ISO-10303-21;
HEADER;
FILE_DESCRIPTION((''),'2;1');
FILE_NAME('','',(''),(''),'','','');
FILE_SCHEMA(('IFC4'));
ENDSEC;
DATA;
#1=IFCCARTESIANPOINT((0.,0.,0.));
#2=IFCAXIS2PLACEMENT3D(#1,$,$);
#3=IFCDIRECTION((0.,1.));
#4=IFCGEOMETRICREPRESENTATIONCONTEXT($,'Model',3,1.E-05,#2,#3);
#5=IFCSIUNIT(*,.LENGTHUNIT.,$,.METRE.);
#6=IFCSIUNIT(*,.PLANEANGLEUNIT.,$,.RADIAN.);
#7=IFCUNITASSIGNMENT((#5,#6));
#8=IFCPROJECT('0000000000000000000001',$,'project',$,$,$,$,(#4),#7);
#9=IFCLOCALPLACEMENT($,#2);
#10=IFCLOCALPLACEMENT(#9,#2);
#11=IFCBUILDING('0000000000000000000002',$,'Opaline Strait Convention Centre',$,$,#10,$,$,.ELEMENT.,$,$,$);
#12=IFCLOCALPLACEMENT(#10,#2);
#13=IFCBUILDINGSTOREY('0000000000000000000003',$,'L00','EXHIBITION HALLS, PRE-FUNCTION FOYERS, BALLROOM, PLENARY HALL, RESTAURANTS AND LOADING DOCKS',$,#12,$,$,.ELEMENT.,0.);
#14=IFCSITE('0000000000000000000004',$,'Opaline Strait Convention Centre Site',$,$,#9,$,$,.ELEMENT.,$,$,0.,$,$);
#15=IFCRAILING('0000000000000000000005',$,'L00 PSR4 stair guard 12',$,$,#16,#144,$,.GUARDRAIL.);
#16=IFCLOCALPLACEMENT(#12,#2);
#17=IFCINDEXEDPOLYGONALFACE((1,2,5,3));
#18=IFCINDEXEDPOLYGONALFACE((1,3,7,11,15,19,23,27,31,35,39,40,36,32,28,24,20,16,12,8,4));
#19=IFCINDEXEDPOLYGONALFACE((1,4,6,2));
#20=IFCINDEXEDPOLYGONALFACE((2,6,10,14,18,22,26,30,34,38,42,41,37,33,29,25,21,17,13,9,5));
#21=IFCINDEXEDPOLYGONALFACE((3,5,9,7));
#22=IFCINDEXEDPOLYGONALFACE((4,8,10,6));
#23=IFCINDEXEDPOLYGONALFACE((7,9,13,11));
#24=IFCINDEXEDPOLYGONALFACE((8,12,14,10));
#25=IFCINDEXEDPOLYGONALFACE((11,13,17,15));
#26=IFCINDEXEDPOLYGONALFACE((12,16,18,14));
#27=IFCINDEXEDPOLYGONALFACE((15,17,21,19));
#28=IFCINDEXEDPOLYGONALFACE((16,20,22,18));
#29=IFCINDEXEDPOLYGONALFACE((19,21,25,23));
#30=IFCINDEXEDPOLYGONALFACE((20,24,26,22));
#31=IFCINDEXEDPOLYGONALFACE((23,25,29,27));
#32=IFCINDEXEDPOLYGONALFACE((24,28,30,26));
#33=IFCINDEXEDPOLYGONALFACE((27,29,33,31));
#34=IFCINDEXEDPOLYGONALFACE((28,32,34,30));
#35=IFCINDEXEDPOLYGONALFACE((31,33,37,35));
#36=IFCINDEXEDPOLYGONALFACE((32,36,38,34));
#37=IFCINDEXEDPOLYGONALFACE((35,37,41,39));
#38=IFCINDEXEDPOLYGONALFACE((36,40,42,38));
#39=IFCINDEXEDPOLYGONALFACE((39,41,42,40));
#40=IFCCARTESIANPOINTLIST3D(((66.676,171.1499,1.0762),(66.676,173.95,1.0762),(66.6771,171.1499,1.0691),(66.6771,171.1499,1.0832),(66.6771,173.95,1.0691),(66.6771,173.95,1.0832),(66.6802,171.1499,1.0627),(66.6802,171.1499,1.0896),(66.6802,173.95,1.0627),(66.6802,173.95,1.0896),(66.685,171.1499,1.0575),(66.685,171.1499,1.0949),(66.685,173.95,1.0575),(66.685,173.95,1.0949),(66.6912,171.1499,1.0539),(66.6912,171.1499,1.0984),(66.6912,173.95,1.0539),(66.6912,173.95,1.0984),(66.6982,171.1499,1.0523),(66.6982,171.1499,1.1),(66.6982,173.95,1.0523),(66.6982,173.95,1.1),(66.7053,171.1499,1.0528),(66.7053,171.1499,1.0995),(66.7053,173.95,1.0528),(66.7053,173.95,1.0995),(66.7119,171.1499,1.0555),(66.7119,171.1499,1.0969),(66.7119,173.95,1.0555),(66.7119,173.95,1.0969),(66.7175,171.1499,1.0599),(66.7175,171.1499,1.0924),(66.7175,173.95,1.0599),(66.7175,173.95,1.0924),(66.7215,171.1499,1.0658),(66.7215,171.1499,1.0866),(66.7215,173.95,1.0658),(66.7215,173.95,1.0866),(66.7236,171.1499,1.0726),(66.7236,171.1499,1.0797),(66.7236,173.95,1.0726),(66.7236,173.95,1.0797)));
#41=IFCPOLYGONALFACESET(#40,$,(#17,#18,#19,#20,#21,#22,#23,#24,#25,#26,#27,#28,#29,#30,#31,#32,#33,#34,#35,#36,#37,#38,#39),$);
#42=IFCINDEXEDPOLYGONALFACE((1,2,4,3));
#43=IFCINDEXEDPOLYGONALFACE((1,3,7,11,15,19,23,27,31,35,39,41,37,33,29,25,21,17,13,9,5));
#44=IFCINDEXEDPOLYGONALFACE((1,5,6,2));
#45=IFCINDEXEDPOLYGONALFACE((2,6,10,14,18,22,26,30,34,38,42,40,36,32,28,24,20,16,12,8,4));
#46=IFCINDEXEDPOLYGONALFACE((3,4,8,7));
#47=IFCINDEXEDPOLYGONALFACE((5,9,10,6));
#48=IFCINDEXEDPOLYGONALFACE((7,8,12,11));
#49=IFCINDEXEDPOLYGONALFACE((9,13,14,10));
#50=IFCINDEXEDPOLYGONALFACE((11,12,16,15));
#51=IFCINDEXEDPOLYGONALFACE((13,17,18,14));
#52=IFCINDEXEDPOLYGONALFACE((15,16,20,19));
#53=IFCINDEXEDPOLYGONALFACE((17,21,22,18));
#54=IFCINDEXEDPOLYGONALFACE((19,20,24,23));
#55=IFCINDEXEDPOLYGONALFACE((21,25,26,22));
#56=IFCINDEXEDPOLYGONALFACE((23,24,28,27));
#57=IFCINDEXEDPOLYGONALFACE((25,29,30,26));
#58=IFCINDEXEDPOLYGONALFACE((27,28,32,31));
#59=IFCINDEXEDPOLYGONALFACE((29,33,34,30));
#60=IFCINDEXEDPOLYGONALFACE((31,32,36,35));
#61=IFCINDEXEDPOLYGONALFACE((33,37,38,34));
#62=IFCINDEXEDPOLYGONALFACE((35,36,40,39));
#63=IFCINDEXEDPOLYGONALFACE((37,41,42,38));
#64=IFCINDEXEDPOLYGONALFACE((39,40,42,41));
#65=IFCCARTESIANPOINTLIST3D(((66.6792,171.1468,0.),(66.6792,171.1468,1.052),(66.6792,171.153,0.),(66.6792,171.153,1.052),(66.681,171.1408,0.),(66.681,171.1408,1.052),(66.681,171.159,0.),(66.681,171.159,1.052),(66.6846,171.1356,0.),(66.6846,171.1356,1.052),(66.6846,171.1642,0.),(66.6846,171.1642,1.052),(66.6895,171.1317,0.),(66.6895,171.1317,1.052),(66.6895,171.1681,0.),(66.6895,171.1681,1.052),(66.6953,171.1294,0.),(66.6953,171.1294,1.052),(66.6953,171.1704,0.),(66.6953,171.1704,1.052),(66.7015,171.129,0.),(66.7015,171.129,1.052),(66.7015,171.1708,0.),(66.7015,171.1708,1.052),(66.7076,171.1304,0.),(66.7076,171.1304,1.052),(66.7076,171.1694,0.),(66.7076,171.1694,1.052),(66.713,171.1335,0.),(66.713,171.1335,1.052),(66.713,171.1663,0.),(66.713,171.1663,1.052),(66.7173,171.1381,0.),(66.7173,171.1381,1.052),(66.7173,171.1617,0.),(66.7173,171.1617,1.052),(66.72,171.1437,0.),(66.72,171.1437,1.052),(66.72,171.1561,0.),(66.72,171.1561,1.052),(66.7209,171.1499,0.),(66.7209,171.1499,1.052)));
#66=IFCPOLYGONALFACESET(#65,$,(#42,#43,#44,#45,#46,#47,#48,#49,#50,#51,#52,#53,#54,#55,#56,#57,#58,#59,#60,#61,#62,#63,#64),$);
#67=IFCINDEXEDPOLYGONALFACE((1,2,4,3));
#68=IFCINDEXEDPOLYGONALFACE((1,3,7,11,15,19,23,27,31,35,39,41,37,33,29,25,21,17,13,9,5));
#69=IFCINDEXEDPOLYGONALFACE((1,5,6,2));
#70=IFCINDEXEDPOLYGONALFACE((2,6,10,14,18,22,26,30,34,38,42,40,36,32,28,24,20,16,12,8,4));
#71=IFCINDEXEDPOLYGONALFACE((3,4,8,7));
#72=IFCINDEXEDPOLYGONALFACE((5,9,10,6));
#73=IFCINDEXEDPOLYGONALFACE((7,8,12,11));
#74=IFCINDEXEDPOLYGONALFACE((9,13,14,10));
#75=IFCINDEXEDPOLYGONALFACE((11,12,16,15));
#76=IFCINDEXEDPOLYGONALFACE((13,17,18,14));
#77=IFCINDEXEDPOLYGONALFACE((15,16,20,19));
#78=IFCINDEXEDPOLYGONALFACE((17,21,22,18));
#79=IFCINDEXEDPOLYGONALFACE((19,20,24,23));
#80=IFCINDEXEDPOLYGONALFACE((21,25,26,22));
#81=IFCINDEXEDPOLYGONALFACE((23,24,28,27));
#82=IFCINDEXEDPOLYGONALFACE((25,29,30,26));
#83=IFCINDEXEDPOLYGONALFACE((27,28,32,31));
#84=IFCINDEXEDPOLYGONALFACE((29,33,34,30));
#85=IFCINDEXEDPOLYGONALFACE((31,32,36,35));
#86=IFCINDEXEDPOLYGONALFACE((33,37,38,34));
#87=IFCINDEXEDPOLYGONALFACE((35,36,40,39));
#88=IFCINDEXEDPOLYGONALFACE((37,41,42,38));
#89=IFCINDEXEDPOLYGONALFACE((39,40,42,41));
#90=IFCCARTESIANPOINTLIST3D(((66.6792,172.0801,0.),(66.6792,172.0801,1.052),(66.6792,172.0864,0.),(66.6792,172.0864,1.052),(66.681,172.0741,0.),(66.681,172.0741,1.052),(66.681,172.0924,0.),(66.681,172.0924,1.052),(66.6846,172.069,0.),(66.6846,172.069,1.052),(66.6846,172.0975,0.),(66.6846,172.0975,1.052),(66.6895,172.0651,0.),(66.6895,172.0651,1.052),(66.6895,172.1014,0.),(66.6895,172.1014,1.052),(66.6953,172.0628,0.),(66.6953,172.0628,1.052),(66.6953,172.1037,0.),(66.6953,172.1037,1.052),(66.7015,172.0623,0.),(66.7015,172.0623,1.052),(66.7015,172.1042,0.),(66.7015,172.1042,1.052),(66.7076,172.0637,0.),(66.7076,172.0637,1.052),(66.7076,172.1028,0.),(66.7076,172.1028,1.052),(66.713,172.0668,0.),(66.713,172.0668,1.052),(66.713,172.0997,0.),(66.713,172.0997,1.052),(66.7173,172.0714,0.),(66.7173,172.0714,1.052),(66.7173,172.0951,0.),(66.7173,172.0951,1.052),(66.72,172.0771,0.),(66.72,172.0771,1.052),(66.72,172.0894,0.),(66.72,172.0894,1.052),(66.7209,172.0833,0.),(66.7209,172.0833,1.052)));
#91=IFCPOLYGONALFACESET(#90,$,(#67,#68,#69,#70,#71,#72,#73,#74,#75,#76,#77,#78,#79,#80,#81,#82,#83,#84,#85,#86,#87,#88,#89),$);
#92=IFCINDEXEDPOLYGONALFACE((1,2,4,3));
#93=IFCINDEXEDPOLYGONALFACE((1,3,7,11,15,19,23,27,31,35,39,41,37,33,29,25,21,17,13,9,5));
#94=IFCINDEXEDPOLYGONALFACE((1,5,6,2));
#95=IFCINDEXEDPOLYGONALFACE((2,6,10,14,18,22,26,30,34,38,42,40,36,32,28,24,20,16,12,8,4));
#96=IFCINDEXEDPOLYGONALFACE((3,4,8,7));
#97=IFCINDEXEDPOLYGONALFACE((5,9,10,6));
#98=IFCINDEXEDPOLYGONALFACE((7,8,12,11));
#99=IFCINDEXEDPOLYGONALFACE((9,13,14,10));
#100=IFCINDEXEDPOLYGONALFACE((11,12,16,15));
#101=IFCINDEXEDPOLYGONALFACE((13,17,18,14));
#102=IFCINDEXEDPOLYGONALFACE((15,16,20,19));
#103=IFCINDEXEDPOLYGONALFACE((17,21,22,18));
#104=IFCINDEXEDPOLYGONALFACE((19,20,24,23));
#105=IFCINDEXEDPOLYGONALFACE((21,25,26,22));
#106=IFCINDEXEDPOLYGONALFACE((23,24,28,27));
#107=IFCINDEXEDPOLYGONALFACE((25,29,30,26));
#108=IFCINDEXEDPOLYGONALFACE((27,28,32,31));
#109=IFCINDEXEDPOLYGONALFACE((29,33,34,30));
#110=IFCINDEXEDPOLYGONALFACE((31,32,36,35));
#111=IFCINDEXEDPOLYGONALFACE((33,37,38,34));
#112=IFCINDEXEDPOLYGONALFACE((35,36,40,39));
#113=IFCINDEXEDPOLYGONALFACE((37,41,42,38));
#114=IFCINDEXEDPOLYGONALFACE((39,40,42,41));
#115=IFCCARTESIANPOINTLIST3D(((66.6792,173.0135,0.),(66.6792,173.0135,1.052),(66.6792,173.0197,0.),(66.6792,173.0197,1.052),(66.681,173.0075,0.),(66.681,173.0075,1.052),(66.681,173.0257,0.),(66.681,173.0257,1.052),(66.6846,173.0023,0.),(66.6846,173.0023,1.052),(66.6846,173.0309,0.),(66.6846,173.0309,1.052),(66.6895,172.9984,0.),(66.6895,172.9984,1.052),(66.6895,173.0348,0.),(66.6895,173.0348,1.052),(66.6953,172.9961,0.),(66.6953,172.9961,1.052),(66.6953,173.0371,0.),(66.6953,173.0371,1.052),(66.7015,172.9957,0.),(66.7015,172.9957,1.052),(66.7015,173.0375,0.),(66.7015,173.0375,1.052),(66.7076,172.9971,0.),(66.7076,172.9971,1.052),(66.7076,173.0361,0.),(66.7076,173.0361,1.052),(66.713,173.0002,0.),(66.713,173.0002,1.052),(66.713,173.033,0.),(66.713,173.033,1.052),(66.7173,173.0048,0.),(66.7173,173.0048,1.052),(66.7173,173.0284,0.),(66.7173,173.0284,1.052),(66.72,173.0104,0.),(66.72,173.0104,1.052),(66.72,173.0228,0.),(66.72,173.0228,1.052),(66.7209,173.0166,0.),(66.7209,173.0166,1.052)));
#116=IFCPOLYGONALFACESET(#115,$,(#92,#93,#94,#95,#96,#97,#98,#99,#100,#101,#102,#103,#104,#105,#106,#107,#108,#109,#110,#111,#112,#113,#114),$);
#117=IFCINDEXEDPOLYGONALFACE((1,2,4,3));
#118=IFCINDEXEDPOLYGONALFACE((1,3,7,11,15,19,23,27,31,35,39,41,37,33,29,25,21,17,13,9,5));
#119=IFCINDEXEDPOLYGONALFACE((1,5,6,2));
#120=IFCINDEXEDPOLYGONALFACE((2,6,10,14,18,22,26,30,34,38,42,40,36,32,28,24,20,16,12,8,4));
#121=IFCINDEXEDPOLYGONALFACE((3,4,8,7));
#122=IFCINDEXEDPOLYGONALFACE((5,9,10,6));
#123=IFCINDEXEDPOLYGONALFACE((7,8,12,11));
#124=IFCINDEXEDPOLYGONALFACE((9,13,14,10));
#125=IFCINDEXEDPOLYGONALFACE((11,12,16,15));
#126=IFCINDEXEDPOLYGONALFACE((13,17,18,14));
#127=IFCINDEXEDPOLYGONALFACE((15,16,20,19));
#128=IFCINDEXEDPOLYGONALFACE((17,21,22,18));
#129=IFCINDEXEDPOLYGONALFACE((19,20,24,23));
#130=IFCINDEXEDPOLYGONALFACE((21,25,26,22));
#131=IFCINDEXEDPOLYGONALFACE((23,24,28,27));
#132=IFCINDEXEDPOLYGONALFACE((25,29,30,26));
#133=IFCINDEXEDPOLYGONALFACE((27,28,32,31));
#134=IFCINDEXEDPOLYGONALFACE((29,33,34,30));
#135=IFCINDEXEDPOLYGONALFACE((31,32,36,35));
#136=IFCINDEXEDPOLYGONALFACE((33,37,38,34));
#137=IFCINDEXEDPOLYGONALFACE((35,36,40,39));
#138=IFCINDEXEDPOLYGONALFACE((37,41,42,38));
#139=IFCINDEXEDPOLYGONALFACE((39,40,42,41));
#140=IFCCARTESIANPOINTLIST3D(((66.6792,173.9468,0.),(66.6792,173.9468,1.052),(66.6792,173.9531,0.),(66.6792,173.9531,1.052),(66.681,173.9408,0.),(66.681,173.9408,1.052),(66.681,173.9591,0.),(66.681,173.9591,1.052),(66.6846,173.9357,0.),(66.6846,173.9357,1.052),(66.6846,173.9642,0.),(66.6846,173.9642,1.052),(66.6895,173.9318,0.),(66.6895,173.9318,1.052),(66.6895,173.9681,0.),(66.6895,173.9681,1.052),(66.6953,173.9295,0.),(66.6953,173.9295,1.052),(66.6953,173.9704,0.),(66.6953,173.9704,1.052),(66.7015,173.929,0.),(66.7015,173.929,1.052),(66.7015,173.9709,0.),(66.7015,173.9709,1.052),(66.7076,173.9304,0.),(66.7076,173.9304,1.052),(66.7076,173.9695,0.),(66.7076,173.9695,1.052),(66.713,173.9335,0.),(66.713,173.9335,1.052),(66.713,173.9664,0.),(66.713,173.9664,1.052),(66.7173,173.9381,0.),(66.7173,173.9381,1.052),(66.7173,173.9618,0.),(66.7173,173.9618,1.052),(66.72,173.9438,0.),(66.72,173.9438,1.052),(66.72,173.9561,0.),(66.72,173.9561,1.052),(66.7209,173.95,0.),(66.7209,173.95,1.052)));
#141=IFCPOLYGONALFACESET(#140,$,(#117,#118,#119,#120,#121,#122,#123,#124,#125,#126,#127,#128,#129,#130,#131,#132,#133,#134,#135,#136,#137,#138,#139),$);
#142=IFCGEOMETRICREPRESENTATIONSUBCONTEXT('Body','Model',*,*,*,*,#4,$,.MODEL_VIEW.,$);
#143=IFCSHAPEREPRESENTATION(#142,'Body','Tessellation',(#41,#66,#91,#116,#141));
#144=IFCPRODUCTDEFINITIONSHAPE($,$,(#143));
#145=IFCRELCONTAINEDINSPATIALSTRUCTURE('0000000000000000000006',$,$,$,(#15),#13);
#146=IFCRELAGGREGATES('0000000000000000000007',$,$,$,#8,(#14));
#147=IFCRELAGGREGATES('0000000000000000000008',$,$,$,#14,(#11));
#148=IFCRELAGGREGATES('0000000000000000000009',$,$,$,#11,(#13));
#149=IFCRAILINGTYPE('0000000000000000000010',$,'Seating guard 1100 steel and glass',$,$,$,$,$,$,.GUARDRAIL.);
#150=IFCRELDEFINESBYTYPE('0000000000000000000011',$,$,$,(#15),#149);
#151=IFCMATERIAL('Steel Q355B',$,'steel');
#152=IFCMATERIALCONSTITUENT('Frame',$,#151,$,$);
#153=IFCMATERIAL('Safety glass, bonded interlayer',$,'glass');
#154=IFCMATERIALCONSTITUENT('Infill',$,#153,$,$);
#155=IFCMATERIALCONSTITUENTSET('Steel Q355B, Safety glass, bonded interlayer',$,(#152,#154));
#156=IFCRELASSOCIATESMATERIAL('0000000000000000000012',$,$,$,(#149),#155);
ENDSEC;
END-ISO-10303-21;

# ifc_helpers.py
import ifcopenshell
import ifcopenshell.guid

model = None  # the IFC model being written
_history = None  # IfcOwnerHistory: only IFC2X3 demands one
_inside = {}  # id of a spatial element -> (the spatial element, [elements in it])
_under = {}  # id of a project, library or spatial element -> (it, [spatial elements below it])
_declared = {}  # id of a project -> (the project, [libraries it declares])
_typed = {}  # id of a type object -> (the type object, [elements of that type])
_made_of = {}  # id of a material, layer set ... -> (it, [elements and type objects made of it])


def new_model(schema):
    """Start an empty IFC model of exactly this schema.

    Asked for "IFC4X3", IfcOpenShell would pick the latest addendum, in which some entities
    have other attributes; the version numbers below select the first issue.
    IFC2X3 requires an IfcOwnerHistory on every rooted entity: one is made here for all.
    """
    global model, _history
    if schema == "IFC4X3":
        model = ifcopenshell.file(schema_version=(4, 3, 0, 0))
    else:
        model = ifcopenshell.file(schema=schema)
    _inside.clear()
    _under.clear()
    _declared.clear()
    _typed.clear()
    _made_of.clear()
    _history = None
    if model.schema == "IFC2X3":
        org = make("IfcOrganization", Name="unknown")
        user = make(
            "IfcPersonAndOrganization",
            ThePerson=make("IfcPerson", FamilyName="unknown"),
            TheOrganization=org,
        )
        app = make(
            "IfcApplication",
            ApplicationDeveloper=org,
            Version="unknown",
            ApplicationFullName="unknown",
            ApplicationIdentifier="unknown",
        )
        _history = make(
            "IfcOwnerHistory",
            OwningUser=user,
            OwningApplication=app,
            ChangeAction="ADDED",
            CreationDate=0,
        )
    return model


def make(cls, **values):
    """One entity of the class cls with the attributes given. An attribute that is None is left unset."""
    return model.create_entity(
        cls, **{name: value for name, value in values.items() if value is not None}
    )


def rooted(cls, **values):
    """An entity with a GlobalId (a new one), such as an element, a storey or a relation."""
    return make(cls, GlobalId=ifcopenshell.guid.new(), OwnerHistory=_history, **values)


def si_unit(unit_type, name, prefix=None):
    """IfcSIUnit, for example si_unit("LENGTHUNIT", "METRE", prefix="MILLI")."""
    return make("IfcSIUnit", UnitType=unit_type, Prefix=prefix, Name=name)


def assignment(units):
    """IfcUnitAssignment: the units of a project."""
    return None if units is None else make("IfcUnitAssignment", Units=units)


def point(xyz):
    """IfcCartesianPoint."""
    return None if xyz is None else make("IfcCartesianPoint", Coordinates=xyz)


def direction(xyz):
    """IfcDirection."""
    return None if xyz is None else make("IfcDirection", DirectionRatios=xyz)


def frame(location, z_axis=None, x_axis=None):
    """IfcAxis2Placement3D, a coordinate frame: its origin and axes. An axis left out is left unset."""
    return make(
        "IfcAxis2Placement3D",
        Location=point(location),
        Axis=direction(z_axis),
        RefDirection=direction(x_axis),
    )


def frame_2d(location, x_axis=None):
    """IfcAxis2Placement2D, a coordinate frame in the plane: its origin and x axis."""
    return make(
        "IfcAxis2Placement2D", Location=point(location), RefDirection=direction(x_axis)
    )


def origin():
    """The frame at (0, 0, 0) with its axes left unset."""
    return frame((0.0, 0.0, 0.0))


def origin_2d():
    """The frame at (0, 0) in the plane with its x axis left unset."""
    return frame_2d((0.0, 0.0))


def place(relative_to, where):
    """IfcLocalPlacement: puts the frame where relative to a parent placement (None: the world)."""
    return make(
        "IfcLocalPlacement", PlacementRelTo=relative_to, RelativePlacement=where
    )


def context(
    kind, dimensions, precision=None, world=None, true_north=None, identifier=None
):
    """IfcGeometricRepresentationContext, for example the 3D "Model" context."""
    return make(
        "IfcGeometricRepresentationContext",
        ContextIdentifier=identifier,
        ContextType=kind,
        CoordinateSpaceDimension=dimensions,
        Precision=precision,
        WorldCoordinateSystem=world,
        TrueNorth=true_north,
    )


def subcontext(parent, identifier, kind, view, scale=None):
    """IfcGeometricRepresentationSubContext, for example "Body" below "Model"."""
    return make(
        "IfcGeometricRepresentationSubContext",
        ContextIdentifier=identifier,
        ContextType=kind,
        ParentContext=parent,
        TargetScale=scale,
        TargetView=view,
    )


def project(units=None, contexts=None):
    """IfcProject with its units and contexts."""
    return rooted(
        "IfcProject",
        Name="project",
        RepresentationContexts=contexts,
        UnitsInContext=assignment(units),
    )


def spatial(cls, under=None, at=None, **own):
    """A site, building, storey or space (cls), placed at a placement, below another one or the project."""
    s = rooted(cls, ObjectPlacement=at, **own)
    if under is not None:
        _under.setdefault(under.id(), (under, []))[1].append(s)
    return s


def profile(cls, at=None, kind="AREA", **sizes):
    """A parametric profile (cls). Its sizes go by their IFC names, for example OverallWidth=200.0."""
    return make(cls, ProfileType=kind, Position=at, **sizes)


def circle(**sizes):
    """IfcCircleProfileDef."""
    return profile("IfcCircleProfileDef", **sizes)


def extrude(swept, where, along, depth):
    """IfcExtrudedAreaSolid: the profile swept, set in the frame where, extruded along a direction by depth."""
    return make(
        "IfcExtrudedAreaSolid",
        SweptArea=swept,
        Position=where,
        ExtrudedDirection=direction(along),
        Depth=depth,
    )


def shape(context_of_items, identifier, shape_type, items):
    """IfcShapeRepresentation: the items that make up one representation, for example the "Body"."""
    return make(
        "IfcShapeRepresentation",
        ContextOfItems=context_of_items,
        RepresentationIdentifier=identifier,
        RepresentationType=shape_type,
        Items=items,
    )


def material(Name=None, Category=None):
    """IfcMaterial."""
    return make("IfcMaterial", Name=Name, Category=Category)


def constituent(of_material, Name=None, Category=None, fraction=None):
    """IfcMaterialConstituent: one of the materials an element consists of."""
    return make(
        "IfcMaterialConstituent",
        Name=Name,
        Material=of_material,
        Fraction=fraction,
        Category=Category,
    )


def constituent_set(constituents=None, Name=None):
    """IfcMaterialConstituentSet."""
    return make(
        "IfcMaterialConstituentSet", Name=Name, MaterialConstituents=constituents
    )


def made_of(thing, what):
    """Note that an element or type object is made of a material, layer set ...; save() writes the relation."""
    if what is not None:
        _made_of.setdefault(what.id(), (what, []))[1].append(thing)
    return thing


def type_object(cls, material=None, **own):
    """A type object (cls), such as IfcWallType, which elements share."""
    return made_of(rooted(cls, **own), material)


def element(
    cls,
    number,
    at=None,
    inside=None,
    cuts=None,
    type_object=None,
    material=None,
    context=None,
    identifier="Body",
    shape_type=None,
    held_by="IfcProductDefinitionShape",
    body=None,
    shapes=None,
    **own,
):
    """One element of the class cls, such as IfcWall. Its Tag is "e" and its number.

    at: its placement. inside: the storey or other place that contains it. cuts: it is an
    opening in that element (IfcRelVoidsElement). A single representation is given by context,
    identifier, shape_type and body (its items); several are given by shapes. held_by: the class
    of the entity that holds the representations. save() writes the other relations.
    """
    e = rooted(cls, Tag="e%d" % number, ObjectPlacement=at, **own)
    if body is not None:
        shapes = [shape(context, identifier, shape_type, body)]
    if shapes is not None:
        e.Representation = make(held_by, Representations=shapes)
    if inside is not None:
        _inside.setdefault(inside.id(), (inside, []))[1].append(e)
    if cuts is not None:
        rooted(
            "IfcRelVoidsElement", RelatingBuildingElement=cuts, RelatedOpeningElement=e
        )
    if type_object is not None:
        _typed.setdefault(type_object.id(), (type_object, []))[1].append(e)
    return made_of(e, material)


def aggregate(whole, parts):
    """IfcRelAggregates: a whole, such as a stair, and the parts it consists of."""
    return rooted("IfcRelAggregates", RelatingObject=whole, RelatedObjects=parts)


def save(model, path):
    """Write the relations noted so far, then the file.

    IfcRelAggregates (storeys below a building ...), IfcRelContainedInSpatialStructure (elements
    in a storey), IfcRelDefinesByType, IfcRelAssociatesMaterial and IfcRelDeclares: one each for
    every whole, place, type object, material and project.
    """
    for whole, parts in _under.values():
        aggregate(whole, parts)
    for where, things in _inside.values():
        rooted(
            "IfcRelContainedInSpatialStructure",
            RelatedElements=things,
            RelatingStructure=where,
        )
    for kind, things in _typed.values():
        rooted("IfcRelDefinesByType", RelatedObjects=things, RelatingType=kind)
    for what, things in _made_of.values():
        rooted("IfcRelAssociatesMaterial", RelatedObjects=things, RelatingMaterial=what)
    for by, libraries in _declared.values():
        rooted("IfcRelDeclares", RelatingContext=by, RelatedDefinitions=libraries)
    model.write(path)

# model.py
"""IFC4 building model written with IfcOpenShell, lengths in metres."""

from ifc_helpers import new_model, si_unit, direction, frame, origin, origin_2d, place, context, subcontext, project, spatial, circle, extrude, material, constituent, constituent_set, type_object, element, save


model = new_model("IFC4")

# Units and contexts
model_context = context("Model", 3, precision=1e-05, world=origin(), true_north=direction((0.0, 1.0)))
body_context = subcontext(model_context, "Body", "Model", "MODEL_VIEW")
ifc_project = project(units=[si_unit("LENGTHUNIT", "METRE"), si_unit("PLANEANGLEUNIT", "RADIAN")], contexts=[model_context])

# Site, building, storey
site_placement = place(None, origin())
site = spatial("IfcSite", under=ifc_project, at=site_placement, Name="Opaline Strait Convention Centre Site", CompositionType="ELEMENT", RefElevation=0.0)
building_placement = place(site_placement, origin())
building = spatial("IfcBuilding", under=site, at=building_placement, Name="Opaline Strait Convention Centre", CompositionType="ELEMENT")
storey_placement = place(building_placement, origin())
storey = spatial("IfcBuildingStorey", under=building, at=storey_placement, Name="L00", Description="EXHIBITION HALLS, PRE-FUNCTION FOYERS, BALLROOM, PLENARY HALL, RESTAURANTS AND LOADING DOCKS", CompositionType="ELEMENT", Elevation=0.0)

# Railing
ifc_material_1 = material(Name="Steel Q355B", Category="steel")
ifc_constituent_1 = constituent(ifc_material_1, Name="Frame")
ifc_material_2 = material(Name="Safety glass, bonded interlayer", Category="glass")
ifc_constituent_2 = constituent(ifc_material_2, Name="Infill")
ifc_constituent_set = constituent_set(constituents=[ifc_constituent_1, ifc_constituent_2], Name="Steel Q355B, Safety glass, bonded interlayer")
railing_type_1 = type_object("IfcRailingType", Name="Seating guard 1100 steel and glass", PredefinedType="GUARDRAIL", material=ifc_constituent_set)
railing_1_placement = place(storey_placement, frame((66.7, 171.1499, 0.0)))
element("IfcRailing", 1, at=railing_1_placement, inside=storey, type_object=railing_type_1, Name="L00 PSR4 stair guard 12", PredefinedType="GUARDRAIL", context=body_context, shape_type="SweptSolid", body=[
    extrude(circle(Radius=0.0239, at=origin_2d()), frame((0.0, 0.0, 1.0762), z_axis=(0.0, 1.0, 0.0), x_axis=(-1.0, 0.0, 0.0)), (0.0, 0.0, 1.0), 2.8),
    extrude(circle(Radius=0.021, at=origin_2d()), origin(), (0.0, 0.0, 1.0), 1.052),
    extrude(circle(Radius=0.021, at=origin_2d()), frame((0.0, 0.9333, 0.0)), (0.0, 0.0, 1.0), 1.052),
    extrude(circle(Radius=0.021, at=origin_2d()), frame((0.0, 1.8667, 0.0)), (0.0, 0.0, 1.0), 1.052),
    extrude(circle(Radius=0.021, at=origin_2d()), frame((0.0, 2.8, 0.0)), (0.0, 0.0, 1.0), 1.052),
])

save(model, "model.ifc")
